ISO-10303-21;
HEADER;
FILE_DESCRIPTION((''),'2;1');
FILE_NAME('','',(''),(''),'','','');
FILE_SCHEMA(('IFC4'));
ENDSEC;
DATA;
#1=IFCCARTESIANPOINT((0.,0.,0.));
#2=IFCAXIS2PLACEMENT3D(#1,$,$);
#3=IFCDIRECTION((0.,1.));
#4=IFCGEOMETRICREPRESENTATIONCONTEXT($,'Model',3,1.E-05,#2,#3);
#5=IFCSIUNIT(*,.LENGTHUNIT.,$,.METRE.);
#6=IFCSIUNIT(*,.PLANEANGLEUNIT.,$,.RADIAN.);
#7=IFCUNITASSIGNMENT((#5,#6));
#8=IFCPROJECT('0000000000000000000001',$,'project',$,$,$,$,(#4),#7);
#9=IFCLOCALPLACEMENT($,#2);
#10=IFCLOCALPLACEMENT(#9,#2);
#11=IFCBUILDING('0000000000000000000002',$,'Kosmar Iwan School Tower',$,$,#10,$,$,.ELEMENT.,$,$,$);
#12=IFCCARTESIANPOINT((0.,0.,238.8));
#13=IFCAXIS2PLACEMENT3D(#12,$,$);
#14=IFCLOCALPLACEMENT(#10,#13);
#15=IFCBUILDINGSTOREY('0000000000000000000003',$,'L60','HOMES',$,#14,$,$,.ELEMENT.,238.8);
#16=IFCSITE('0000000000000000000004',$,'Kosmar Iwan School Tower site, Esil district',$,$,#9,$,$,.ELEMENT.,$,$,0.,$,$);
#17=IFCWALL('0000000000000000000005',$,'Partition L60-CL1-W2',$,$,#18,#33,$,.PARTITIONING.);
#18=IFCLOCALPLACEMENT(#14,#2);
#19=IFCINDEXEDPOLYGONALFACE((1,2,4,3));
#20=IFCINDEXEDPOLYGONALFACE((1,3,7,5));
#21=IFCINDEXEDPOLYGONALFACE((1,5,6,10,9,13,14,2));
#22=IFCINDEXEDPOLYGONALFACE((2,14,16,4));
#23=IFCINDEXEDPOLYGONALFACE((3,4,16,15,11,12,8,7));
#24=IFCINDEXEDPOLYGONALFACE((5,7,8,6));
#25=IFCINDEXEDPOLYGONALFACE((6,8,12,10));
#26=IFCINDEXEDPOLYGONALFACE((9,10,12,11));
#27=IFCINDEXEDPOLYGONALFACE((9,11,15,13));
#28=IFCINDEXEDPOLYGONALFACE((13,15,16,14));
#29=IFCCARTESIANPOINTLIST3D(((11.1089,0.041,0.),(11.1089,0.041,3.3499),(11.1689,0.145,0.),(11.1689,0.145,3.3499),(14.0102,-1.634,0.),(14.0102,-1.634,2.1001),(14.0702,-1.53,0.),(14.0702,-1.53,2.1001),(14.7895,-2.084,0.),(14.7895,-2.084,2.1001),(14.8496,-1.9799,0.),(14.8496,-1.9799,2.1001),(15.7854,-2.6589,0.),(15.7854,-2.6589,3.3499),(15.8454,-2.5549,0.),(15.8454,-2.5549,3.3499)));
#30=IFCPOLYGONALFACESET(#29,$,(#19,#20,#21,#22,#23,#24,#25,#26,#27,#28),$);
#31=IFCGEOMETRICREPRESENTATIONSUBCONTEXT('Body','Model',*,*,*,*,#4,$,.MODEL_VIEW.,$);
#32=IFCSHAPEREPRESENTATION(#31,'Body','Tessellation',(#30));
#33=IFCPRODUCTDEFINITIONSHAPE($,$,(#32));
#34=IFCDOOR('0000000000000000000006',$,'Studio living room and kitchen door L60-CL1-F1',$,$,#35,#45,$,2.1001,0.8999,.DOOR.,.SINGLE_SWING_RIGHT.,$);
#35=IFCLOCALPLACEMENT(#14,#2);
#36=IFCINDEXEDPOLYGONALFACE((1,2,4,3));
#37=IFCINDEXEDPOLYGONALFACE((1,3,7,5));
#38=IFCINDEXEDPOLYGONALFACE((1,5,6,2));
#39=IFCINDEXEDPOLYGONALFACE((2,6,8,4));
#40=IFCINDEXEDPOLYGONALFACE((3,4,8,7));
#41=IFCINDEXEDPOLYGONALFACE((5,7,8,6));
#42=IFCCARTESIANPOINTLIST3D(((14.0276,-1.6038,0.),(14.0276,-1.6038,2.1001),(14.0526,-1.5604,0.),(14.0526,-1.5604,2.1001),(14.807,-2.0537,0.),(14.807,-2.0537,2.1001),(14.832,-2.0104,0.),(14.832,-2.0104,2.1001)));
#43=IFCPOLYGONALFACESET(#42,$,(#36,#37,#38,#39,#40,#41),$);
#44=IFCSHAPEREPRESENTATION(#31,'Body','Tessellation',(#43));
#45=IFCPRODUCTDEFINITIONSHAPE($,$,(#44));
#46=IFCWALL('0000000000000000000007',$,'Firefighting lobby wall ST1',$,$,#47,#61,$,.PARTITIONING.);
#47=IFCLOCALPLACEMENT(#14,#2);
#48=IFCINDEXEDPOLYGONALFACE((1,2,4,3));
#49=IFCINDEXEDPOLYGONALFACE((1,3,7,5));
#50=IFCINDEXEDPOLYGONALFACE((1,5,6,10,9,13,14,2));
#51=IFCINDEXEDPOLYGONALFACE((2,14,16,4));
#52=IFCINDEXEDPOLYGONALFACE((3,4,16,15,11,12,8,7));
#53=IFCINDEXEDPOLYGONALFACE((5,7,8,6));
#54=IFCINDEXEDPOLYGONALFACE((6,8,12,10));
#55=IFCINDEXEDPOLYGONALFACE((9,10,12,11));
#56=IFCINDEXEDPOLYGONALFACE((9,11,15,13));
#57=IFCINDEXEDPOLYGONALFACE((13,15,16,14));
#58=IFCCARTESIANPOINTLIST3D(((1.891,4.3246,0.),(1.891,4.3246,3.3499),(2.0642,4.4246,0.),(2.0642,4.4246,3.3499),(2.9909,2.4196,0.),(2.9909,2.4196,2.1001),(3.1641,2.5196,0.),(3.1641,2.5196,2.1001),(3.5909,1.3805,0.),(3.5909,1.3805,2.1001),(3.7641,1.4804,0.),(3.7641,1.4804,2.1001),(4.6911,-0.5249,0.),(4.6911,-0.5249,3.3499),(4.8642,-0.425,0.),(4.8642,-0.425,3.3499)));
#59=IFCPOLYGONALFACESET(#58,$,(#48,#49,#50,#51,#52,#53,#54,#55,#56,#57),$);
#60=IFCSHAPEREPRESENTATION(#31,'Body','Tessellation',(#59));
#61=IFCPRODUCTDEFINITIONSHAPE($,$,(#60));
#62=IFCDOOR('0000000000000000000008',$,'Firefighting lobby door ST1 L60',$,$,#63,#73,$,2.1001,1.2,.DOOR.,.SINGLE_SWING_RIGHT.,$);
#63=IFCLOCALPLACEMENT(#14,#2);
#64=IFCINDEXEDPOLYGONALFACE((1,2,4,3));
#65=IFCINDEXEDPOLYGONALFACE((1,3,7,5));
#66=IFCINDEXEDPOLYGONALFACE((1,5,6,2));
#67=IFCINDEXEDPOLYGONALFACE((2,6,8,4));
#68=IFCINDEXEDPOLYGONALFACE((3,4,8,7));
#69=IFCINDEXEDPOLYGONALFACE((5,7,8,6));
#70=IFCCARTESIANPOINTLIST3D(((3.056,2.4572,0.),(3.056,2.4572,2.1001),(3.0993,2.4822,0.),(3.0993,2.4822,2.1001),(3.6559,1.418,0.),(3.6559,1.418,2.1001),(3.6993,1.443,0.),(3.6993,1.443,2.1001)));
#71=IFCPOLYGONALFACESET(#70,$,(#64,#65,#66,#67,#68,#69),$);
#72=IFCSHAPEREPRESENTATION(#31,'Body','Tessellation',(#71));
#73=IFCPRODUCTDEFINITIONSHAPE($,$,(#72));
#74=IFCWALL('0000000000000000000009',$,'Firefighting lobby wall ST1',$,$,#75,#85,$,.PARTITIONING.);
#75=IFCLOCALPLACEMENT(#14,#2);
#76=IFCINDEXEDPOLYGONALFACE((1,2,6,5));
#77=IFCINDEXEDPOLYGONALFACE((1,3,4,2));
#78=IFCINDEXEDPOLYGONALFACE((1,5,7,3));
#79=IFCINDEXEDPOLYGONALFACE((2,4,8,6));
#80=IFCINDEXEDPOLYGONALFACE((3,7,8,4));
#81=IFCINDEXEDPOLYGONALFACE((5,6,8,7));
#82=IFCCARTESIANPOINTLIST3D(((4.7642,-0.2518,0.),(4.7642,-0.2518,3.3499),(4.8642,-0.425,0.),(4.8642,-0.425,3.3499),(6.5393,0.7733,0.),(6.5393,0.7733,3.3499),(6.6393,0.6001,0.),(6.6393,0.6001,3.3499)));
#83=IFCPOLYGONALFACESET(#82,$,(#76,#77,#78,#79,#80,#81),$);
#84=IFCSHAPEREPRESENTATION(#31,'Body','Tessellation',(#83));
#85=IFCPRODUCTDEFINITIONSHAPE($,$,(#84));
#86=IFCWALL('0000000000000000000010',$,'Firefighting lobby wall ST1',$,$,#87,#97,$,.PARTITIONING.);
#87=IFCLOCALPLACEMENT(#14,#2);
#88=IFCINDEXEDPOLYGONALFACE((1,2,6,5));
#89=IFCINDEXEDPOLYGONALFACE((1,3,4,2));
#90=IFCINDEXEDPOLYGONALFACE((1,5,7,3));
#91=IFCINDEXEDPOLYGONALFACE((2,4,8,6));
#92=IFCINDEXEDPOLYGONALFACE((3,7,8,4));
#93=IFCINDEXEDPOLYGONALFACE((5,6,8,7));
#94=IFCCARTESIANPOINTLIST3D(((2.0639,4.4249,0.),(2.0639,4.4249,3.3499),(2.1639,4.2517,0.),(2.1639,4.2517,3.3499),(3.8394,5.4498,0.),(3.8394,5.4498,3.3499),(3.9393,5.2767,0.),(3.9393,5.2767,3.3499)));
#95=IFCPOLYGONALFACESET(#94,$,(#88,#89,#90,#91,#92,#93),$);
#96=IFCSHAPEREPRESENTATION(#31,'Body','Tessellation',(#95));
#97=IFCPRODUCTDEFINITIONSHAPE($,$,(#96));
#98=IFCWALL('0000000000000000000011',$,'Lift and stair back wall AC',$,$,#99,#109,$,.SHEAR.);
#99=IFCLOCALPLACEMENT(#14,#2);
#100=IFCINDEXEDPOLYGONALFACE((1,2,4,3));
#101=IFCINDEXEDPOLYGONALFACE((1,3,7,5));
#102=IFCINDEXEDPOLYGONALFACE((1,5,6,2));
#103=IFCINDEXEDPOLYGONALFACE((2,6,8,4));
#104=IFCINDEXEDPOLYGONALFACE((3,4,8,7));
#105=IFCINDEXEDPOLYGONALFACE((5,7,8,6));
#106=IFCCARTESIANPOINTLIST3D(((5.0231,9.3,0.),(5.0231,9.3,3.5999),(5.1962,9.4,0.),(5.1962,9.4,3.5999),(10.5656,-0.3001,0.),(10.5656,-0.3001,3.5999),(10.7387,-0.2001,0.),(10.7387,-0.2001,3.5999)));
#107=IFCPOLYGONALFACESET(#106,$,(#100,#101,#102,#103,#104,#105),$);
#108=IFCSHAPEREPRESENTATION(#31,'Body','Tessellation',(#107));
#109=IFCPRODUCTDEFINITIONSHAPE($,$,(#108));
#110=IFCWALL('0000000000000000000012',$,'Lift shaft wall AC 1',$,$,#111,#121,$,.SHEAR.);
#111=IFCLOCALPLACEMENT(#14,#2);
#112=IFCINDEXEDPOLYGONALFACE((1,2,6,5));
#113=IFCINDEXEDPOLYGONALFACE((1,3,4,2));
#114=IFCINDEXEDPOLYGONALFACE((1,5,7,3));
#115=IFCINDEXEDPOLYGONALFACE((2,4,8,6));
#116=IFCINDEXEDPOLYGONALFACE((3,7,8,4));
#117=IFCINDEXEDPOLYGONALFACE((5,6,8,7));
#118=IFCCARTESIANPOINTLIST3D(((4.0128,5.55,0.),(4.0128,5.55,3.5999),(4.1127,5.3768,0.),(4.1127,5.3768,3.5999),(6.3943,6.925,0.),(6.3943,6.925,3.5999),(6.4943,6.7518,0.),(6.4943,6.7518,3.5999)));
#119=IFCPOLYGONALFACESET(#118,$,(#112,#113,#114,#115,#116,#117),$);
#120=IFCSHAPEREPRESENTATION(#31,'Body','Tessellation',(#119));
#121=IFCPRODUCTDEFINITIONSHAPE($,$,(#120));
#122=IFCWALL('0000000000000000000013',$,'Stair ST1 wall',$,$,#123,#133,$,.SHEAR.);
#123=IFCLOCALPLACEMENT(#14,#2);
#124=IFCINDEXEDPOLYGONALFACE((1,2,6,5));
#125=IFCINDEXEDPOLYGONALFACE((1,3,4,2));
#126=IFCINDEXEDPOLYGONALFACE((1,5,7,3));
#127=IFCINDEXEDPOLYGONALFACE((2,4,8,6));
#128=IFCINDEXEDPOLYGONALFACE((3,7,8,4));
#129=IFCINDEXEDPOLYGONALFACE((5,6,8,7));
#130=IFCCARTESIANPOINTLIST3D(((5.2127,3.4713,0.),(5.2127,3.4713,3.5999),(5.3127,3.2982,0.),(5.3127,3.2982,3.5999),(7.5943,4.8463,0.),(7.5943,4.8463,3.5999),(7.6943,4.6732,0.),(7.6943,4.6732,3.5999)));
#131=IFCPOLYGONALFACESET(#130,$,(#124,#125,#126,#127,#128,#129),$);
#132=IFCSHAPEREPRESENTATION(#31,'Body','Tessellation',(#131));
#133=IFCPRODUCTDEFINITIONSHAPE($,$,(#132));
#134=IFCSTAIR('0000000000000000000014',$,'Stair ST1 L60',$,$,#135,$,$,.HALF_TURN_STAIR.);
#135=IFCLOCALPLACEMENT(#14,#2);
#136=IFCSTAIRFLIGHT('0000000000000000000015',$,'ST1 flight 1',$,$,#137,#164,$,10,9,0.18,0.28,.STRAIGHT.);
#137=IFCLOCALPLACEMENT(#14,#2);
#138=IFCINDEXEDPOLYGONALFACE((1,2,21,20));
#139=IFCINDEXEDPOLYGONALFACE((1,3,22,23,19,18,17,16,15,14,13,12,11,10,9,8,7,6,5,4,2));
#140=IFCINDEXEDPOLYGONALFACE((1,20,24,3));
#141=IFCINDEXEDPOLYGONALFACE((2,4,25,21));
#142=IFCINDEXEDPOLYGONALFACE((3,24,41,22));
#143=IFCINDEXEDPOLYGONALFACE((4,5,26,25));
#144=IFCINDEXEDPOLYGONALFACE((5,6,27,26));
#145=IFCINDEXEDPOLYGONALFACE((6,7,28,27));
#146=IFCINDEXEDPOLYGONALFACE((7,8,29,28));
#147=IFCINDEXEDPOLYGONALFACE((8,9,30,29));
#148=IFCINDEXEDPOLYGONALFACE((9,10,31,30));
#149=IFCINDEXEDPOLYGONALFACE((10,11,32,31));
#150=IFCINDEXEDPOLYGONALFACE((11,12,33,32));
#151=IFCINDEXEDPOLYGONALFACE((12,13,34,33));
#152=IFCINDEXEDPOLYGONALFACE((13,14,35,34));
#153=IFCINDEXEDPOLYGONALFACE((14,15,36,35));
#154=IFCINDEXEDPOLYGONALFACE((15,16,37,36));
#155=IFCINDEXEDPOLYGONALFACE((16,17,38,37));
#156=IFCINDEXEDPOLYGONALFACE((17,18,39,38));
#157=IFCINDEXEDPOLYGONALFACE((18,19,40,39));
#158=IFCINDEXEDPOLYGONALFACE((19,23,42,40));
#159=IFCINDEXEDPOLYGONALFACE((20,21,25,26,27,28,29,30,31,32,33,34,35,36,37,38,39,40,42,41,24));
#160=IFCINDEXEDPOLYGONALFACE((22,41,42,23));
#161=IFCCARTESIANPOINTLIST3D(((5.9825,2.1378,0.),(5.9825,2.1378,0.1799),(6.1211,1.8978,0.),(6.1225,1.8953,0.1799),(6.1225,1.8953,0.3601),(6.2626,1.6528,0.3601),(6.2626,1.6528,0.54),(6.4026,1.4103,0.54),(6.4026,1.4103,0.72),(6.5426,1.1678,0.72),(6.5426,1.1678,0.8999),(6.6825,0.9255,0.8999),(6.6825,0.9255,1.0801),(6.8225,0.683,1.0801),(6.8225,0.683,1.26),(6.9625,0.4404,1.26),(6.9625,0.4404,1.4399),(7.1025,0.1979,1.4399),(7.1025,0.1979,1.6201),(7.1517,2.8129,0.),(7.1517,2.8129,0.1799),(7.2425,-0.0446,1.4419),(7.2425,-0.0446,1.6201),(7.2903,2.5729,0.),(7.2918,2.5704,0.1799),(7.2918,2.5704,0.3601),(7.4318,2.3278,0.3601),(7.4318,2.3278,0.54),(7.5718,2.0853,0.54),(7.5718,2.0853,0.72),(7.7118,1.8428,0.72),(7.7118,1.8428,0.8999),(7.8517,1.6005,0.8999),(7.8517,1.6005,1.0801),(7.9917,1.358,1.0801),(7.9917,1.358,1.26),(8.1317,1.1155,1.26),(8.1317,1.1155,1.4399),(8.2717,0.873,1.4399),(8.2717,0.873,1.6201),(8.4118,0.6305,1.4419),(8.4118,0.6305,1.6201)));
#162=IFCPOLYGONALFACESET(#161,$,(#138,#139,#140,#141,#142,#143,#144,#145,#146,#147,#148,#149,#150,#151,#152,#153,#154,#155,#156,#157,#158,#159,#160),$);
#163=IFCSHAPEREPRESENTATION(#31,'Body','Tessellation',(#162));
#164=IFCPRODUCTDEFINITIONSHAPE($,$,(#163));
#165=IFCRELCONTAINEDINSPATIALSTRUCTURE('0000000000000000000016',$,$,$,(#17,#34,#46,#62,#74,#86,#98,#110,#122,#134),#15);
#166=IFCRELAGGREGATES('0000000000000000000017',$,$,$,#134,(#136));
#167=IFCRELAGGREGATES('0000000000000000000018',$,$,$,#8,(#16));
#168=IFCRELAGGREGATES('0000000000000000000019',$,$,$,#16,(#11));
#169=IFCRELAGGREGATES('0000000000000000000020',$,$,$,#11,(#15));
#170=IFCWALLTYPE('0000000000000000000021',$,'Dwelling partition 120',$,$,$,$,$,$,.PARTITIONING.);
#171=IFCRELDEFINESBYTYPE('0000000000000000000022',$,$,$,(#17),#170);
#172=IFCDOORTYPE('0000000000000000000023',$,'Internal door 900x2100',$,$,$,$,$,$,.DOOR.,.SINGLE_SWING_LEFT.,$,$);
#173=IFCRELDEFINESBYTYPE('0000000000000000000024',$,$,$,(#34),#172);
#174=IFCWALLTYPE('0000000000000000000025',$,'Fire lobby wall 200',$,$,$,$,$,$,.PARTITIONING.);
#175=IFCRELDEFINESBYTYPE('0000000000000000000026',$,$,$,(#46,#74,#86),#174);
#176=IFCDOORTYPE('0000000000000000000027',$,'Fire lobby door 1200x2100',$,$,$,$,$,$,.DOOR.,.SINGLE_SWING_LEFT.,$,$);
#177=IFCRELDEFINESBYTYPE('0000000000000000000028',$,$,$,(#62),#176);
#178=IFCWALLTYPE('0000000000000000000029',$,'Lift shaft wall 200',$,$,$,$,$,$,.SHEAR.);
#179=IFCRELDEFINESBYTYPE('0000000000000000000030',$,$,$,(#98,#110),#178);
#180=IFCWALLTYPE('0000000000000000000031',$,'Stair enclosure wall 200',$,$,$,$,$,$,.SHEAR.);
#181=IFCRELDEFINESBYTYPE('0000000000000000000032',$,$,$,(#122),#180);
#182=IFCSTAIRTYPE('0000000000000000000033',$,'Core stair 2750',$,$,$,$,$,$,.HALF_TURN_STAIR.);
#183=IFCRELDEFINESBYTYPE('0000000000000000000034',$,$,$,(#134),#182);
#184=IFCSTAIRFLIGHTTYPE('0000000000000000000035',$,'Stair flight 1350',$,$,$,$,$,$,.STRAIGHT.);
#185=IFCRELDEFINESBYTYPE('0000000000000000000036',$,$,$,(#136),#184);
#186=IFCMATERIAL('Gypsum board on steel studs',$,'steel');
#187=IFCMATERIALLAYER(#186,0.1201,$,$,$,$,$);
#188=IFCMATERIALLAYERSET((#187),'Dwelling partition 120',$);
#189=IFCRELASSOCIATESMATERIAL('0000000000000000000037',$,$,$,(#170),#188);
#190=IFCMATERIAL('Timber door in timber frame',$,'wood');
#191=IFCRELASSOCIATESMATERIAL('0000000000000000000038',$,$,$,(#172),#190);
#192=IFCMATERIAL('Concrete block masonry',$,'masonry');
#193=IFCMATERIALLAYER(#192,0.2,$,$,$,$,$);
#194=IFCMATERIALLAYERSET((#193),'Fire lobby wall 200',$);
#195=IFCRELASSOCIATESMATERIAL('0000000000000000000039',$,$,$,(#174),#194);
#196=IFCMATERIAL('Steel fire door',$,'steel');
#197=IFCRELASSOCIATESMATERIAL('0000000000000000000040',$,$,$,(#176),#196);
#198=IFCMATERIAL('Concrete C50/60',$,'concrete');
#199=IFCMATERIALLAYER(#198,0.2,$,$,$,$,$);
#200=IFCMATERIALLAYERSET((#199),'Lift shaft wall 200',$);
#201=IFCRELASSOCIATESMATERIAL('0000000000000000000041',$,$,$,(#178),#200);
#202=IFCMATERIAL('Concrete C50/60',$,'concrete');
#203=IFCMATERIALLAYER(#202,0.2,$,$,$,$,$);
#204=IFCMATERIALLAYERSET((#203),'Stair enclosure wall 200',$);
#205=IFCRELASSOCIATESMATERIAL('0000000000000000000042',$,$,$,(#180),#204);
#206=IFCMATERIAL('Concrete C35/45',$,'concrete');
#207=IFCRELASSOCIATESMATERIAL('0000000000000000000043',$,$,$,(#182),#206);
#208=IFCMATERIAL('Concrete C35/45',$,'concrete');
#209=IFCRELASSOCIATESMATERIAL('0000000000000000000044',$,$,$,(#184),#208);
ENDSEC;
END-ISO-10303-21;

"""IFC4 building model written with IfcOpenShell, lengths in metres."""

from ifc_helpers import new_model, si_unit, direction, frame, frame_2d, origin, place, context, subcontext, project, spatial, polyline, rectangle, outline, extrude, material, layer, layer_set, type_object, element, fill, aggregate, save


model = new_model("IFC4")

# Units and contexts
model_context = context("Model", 3, precision=1e-05, world=origin(), true_north=direction((0.0, 1.0)))
body_context = subcontext(model_context, "Body", "Model", "MODEL_VIEW")
ifc_project = project(units=[si_unit("LENGTHUNIT", "METRE"), si_unit("PLANEANGLEUNIT", "RADIAN")], contexts=[model_context])

# Site, building, storey
site_placement = place(None, origin())
site = spatial("IfcSite", under=ifc_project, at=site_placement, Name="Kosmar Iwan School Tower site, Esil district", CompositionType="ELEMENT", RefElevation=0.0)
building_placement = place(site_placement, origin())
building = spatial("IfcBuilding", under=site, at=building_placement, Name="Kosmar Iwan School Tower", CompositionType="ELEMENT")
storey_placement = place(building_placement, frame((0.0, 0.0, 238.8)))
storey = spatial("IfcBuildingStorey", under=building, at=storey_placement, Name="L60", Description="HOMES", CompositionType="ELEMENT", Elevation=238.8)

# Walls, openings, doors
ifc_material_1 = material(Name="Gypsum board on steel studs", Category="steel")
ifc_layer_1 = layer(ifc_material_1, 0.1201)
ifc_layer_set_1 = layer_set([ifc_layer_1], Name="Dwelling partition 120")
wall_type_1 = type_object("IfcWallType", Name="Dwelling partition 120", PredefinedType="PARTITIONING", material=ifc_layer_set_1)
wall_1_placement = place(storey_placement, frame((11.1389, 0.093, 0.0), z_axis=(0.0, 0.0, 1.0), x_axis=(0.866028, -0.499995, 0.0)))
wall_1 = element("IfcWall", 1, at=wall_1_placement, inside=storey, type_object=wall_type_1, Name="Partition L60-CL1-W2", PredefinedType="PARTITIONING", context=body_context, shape_type="SweptSolid", body=[
    extrude(rectangle(XDim=5.3999, YDim=0.1201, at=frame_2d((2.7, 0.0))), origin(), (0.0, 0.0, 1.0), 3.3499),
])
opening_1_placement = place(wall_1_placement, frame((3.3501, 0.0, 0.0)))
opening_1 = element("IfcOpeningElement", 2, at=opening_1_placement, cuts=wall_1, PredefinedType="OPENING", context=body_context, shape_type="SweptSolid", body=[
    extrude(rectangle(XDim=0.8999, YDim=2.1001, at=frame_2d((0.45, 1.05))), frame((0.0, 0.072, 0.0), z_axis=(0.0, -1.0, 0.0), x_axis=(1.0, 0.0, 0.0)), (0.0, 0.0, 1.0), 0.144),
])
ifc_material_2 = material(Name="Timber door in timber frame", Category="wood")
door_type_1 = type_object("IfcDoorType", Name="Internal door 900x2100", OperationType="SINGLE_SWING_LEFT", PredefinedType="DOOR", material=ifc_material_2)
door_1_placement = place(opening_1_placement, origin())
door_1 = element("IfcDoor", 3, at=door_1_placement, inside=storey, type_object=door_type_1, Name="Studio living room and kitchen door L60-CL1-F1", OperationType="SINGLE_SWING_RIGHT", OverallHeight=2.1001, OverallWidth=0.8999, PredefinedType="DOOR", context=body_context, shape_type="SweptSolid", body=[
    extrude(rectangle(XDim=0.8999, YDim=2.1001, at=frame_2d((0.45, 1.05))), frame((0.0, 0.0249, 0.0), z_axis=(0.0, -1.0, 0.0), x_axis=(1.0, 0.0, 0.0)), (0.0, 0.0, 1.0), 0.05),
])
fill(opening_1, door_1)
ifc_material_3 = material(Name="Concrete block masonry", Category="masonry")
ifc_layer_2 = layer(ifc_material_3, 0.2)
ifc_layer_set_2 = layer_set([ifc_layer_2], Name="Fire lobby wall 200")
wall_type_2 = type_object("IfcWallType", Name="Fire lobby wall 200", PredefinedType="PARTITIONING", material=ifc_layer_set_2)
wall_2_placement = place(storey_placement, frame((4.7776, -0.4749, 0.0), z_axis=(0.0, 0.0, 1.0), x_axis=(-0.500017, 0.866016, 0.0)))
wall_2 = element("IfcWall", 4, at=wall_2_placement, inside=storey, type_object=wall_type_2, Name="Firefighting lobby wall ST1", PredefinedType="PARTITIONING", context=body_context, shape_type="SweptSolid", body=[
    extrude(rectangle(XDim=5.5999, YDim=0.2, at=frame_2d((2.7998, 0.0))), origin(), (0.0, 0.0, 1.0), 3.3499),
])
opening_2_placement = place(wall_2_placement, frame((2.2, 0.0, 0.0)))
opening_2 = element("IfcOpeningElement", 5, at=opening_2_placement, cuts=wall_2, PredefinedType="OPENING", context=body_context, shape_type="SweptSolid", body=[
    extrude(rectangle(XDim=1.2, YDim=2.1001, at=frame_2d((0.6001, 1.05))), frame((0.0, 0.1121, 0.0), z_axis=(0.0, -1.0, 0.0), x_axis=(1.0, 0.0, 0.0)), (0.0, 0.0, 1.0), 0.2239),
])
ifc_material_4 = material(Name="Steel fire door", Category="steel")
door_type_2 = type_object("IfcDoorType", Name="Fire lobby door 1200x2100", OperationType="SINGLE_SWING_LEFT", PredefinedType="DOOR", material=ifc_material_4)
door_2_placement = place(opening_2_placement, origin())
door_2 = element("IfcDoor", 6, at=door_2_placement, inside=storey, type_object=door_type_2, Name="Firefighting lobby door ST1 L60", OperationType="SINGLE_SWING_RIGHT", OverallHeight=2.1001, OverallWidth=1.2, PredefinedType="DOOR", context=body_context, shape_type="SweptSolid", body=[
    extrude(rectangle(XDim=1.2, YDim=2.1001, at=frame_2d((0.6001, 1.05))), frame((0.0, 0.0249, 0.0), z_axis=(0.0, -1.0, 0.0), x_axis=(1.0, 0.0, 0.0)), (0.0, 0.0, 1.0), 0.05),
])
fill(opening_2, door_2)

# Walls
wall_3_placement = place(storey_placement, frame((4.8142, -0.3384, 0.0), z_axis=(0.0, 0.0, 1.0), x_axis=(0.865969, 0.500097, 0.0)))
element("IfcWall", 7, at=wall_3_placement, inside=storey, type_object=wall_type_2, Name="Firefighting lobby wall ST1", PredefinedType="PARTITIONING", context=body_context, shape_type="SweptSolid", body=[
    extrude(rectangle(XDim=2.0498, YDim=0.2, at=frame_2d((1.0249, 0.0))), origin(), (0.0, 0.0, 1.0), 3.3499),
])
wall_4_placement = place(storey_placement, frame((2.114, 4.3384, 0.0), z_axis=(0.0, 0.0, 1.0), x_axis=(0.866051, 0.499956, 0.0)))
element("IfcWall", 8, at=wall_4_placement, inside=storey, type_object=wall_type_2, Name="Firefighting lobby wall ST1", PredefinedType="PARTITIONING", context=body_context, shape_type="SweptSolid", body=[
    extrude(rectangle(XDim=2.05, YDim=0.2, at=frame_2d((1.0249, 0.0))), origin(), (0.0, 0.0, 1.0), 3.3499),
])
ifc_material_5 = material(Name="Concrete C50/60", Category="concrete")
ifc_layer_3 = layer(ifc_material_5, 0.2)
ifc_layer_set_3 = layer_set([ifc_layer_3], Name="Lift shaft wall 200")
wall_type_3 = type_object("IfcWallType", Name="Lift shaft wall 200", PredefinedType="SHEAR", material=ifc_layer_set_3)
wall_5_placement = place(storey_placement, frame((10.6521, -0.25, 0.0), z_axis=(0.0, 0.0, 1.0), x_axis=(-0.499991, 0.866031, 0.0)))
element("IfcWall", 9, at=wall_5_placement, inside=storey, type_object=wall_type_3, Name="Lift and stair back wall AC", PredefinedType="SHEAR", context=body_context, shape_type="SweptSolid", body=[
    extrude(rectangle(XDim=11.0852, YDim=0.2, at=frame_2d((5.5425, 0.0))), origin(), (0.0, 0.0, 1.0), 3.5999),
])
wall_6_placement = place(storey_placement, frame((4.0627, 5.4634, 0.0), z_axis=(0.0, 0.0, 1.0), x_axis=(0.866027, 0.499997, 0.0)))
element("IfcWall", 10, at=wall_6_placement, inside=storey, type_object=wall_type_3, Name="Lift shaft wall AC 1", PredefinedType="SHEAR", context=body_context, shape_type="SweptSolid", body=[
    extrude(rectangle(XDim=2.75, YDim=0.2, at=frame_2d((1.375, 0.0))), origin(), (0.0, 0.0, 1.0), 3.5999),
])
ifc_material_6 = material(Name="Concrete C50/60", Category="concrete")
ifc_layer_4 = layer(ifc_material_6, 0.2)
ifc_layer_set_4 = layer_set([ifc_layer_4], Name="Stair enclosure wall 200")
wall_type_4 = type_object("IfcWallType", Name="Stair enclosure wall 200", PredefinedType="SHEAR", material=ifc_layer_set_4)
wall_7_placement = place(storey_placement, frame((5.2627, 3.3848, 0.0), z_axis=(0.0, 0.0, 1.0), x_axis=(0.866027, 0.499997, 0.0)))
element("IfcWall", 11, at=wall_7_placement, inside=storey, type_object=wall_type_4, Name="Stair ST1 wall", PredefinedType="SHEAR", context=body_context, shape_type="SweptSolid", body=[
    extrude(rectangle(XDim=2.75, YDim=0.2, at=frame_2d((1.375, 0.0))), origin(), (0.0, 0.0, 1.0), 3.5999),
])

# Stair, stair flight
ifc_material_7 = material(Name="Concrete C35/45", Category="concrete")
stair_type = type_object("IfcStairType", Name="Core stair 2750", PredefinedType="HALF_TURN_STAIR", material=ifc_material_7)
stair_placement = place(storey_placement, origin())
stair = element("IfcStair", 12, at=stair_placement, inside=storey, type_object=stair_type, Name="Stair ST1 L60", PredefinedType="HALF_TURN_STAIR")
ifc_material_8 = material(Name="Concrete C35/45", Category="concrete")
stair_flight_type = type_object("IfcStairFlightType", Name="Stair flight 1350", PredefinedType="STRAIGHT", material=ifc_material_8)
stair_flight_1_placement = place(storey_placement, frame((6.5671, 2.4753, 0.0), z_axis=(0.0, 0.0, 1.0), x_axis=(0.5, -0.866025, 0.0)))
stair_flight_1 = element("IfcStairFlight", 13, at=stair_flight_1_placement, type_object=stair_flight_type, Name="ST1 flight 1", NumberOfRisers=10, NumberOfTreads=9, PredefinedType="STRAIGHT", RiserHeight=0.18, TreadLength=0.28, context=body_context, shape_type="SweptSolid", body=[
    extrude(outline(polyline([(0.0, 0.0), (0.0, 0.1799), (0.28, 0.1799), (0.28, 0.3601), (0.5601, 0.3601), (0.5601, 0.54), (0.8401, 0.54), (0.8401, 0.72), (1.1201, 0.72), (1.1201, 0.8999), (1.3999, 0.8999), (1.3999, 1.0801), (1.6799, 1.0801), (1.6799, 1.26), (1.96, 1.26), (1.96, 1.4399), (2.24, 1.4399), (2.24, 1.6201), (2.52, 1.6201), (2.52, 1.8), (2.52, 1.4419), (0.2771, 0.0), (0.0, 0.0)])), frame((0.0, 0.675, 0.0), z_axis=(0.0, -1.0, 0.0), x_axis=(1.0, 0.0, 0.0)), (0.0, 0.0, 1.0), 1.3501),
])
aggregate(stair, [stair_flight_1])

save(model, "model.ifc")
